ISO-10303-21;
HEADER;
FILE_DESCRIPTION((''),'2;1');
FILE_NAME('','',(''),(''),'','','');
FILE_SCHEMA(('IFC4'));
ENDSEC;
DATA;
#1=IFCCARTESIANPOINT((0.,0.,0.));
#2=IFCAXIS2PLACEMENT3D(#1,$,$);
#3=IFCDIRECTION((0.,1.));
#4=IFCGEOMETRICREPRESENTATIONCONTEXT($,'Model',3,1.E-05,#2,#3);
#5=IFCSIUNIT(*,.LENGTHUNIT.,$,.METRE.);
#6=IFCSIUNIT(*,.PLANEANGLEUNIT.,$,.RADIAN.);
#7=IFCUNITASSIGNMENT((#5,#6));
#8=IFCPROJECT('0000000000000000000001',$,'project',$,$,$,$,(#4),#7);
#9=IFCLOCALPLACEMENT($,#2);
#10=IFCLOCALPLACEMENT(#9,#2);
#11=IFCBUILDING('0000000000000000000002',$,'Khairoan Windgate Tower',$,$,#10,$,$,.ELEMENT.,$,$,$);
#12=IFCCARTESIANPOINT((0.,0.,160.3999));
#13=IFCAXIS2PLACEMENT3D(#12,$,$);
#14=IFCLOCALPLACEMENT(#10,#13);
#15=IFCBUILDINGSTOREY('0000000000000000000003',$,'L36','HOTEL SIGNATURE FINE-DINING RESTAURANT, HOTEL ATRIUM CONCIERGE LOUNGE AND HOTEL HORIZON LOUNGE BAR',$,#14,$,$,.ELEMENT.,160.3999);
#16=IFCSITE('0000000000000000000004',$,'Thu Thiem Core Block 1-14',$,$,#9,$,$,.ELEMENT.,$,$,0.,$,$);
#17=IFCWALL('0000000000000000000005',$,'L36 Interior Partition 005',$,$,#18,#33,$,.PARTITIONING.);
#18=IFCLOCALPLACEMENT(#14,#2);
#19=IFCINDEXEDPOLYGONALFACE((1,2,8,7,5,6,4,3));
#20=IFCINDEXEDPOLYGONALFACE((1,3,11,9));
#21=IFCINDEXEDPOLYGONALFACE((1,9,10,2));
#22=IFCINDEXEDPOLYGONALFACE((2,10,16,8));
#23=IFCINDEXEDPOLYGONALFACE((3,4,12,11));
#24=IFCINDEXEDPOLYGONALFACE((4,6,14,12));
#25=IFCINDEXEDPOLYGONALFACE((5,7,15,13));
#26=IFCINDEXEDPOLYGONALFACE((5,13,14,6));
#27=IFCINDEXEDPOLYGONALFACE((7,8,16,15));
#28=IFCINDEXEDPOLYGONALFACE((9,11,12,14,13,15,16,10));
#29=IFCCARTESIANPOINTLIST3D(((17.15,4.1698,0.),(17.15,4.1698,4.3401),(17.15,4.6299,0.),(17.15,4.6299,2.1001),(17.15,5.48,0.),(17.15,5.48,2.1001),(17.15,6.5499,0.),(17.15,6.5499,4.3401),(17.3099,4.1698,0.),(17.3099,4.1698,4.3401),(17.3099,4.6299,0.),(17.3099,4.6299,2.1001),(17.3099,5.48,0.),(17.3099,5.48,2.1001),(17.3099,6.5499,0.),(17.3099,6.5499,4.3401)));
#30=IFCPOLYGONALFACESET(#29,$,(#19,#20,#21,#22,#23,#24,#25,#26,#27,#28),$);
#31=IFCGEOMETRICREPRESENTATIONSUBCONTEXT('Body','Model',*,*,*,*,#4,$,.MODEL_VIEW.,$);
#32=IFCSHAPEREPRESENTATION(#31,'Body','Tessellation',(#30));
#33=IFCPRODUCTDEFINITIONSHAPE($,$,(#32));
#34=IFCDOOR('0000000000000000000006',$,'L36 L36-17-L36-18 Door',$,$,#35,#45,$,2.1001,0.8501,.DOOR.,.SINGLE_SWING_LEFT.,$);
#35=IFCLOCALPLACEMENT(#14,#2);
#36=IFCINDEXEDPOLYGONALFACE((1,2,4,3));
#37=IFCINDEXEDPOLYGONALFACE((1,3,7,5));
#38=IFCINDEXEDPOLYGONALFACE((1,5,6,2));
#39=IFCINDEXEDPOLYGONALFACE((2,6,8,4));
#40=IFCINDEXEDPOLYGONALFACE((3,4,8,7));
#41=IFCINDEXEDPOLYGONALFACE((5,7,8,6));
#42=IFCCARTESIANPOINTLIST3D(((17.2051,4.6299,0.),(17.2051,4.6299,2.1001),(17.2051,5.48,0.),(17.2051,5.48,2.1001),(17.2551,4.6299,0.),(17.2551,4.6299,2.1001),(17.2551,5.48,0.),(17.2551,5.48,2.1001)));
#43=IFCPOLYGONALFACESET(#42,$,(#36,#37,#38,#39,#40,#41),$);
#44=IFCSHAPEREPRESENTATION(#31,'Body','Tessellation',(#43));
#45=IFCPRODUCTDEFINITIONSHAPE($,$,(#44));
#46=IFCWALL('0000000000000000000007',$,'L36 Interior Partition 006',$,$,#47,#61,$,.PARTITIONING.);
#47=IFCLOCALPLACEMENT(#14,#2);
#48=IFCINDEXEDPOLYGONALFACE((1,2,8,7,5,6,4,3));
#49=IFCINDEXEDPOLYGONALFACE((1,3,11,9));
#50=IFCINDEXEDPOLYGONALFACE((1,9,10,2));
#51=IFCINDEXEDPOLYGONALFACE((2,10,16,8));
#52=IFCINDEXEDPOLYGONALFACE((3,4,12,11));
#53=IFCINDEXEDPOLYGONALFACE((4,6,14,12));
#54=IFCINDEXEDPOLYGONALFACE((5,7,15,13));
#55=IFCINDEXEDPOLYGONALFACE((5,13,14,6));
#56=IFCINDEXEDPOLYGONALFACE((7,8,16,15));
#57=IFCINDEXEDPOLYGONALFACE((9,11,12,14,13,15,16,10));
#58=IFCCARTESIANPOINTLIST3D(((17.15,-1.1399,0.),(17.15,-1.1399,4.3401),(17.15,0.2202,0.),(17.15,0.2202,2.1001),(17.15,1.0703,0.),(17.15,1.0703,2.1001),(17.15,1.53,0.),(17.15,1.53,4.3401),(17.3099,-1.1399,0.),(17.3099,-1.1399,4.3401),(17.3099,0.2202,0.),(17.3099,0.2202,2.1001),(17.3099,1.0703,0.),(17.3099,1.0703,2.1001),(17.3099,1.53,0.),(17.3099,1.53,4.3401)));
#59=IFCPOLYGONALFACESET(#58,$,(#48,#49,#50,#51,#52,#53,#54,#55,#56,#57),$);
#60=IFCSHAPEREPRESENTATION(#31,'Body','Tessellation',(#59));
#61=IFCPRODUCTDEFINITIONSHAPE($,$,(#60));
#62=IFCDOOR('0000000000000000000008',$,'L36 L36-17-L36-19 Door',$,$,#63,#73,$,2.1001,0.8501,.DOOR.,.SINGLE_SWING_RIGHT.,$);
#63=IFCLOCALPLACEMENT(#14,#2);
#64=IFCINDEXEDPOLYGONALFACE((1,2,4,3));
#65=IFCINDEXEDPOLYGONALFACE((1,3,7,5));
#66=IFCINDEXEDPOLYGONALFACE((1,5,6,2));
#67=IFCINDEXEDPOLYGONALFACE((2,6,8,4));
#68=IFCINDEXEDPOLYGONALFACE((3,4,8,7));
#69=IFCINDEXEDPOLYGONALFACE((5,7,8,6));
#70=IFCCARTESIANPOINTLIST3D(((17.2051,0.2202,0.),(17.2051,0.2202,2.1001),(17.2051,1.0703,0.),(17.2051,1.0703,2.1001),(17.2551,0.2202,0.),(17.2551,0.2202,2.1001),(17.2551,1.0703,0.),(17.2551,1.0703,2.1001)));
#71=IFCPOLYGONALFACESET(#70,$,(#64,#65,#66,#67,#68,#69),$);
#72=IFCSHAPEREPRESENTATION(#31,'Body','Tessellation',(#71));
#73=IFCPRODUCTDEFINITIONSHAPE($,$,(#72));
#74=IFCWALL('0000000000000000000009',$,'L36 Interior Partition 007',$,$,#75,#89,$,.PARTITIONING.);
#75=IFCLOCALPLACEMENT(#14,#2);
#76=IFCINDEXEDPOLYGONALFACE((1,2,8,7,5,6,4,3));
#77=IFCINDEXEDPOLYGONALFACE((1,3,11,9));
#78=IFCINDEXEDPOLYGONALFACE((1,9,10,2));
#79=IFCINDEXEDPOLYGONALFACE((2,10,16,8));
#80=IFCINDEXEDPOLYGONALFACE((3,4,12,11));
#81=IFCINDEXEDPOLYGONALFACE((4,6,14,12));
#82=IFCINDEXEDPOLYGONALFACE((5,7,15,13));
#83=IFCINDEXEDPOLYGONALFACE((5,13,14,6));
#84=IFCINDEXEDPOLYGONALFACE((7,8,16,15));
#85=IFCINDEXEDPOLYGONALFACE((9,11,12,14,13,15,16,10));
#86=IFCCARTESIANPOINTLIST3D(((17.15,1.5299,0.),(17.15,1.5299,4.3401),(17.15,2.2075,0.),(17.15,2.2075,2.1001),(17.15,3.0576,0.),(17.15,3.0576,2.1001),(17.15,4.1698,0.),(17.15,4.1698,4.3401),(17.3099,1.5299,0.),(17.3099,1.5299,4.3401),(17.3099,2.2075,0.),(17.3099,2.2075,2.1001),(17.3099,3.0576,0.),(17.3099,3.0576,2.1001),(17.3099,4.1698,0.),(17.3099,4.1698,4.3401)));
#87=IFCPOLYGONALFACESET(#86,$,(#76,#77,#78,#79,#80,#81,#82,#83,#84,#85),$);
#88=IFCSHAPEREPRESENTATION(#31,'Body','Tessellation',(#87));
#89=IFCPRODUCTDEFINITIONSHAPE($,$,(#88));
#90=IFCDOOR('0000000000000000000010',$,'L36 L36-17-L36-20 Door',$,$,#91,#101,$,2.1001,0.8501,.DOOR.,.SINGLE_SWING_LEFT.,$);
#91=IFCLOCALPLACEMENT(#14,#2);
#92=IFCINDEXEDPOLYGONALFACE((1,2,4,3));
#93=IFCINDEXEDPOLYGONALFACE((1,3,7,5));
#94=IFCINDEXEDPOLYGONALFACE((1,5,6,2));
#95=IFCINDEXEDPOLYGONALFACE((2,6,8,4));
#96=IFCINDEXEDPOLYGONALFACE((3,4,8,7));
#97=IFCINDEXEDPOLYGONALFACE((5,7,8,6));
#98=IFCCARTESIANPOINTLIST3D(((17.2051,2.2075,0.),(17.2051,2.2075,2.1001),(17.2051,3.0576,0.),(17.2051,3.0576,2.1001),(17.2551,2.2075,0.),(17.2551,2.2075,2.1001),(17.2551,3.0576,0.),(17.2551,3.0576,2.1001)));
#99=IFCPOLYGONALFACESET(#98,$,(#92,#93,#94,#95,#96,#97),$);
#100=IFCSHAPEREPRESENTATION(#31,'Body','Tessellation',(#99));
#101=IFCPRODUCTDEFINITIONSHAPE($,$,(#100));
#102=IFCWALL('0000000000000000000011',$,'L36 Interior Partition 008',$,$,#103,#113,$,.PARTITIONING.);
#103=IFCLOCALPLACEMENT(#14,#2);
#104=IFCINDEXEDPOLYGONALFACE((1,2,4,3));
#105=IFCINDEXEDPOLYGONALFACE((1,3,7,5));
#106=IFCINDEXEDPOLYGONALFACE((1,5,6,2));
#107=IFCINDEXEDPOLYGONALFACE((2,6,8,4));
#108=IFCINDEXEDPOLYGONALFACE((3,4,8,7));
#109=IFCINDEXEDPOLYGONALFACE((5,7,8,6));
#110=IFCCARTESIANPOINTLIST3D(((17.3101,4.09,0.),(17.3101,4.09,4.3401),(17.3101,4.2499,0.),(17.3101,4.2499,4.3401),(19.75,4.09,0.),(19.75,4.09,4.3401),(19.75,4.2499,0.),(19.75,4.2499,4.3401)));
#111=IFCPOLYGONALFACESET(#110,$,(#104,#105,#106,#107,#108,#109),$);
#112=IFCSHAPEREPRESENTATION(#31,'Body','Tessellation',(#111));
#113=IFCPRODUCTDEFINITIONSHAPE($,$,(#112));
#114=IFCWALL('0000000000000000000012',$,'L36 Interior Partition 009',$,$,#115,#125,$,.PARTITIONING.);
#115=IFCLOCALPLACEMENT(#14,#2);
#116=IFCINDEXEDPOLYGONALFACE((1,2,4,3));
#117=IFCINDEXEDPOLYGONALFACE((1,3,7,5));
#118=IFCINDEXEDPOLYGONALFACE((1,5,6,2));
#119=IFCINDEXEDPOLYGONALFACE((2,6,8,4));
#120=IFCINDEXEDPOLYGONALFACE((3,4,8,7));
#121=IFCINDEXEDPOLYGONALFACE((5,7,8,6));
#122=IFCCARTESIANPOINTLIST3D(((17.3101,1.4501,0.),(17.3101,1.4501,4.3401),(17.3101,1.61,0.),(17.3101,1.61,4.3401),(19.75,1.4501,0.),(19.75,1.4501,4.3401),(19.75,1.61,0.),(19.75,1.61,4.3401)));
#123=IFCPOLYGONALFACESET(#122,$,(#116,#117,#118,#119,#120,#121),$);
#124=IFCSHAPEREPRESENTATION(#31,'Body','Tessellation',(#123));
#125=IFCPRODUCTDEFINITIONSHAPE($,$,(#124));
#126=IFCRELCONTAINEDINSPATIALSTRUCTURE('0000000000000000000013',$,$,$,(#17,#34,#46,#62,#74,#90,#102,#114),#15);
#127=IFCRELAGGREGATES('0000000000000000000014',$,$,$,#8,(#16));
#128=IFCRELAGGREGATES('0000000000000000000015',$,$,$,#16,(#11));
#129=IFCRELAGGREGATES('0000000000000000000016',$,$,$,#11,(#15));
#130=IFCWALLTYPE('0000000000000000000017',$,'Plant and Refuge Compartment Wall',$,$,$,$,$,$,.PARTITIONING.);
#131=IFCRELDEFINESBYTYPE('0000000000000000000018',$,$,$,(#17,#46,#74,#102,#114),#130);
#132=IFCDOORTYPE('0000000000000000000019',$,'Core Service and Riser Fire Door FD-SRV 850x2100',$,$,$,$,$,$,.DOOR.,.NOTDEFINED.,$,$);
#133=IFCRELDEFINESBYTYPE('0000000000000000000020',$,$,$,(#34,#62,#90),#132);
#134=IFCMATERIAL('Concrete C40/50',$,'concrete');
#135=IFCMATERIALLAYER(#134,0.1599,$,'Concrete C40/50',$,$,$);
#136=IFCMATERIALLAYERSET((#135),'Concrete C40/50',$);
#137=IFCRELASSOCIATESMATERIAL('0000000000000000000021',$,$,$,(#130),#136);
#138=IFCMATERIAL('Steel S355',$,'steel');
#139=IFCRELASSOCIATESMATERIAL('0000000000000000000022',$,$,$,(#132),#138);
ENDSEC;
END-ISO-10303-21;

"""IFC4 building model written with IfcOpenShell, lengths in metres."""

from ifc_helpers import new_model, si_unit, direction, frame, frame_2d, origin, place, context, subcontext, project, spatial, rectangle, extrude, material, layer, layer_set, type_object, element, fill, save


model = new_model("IFC4")

# Units and contexts
model_context = context("Model", 3, precision=1e-05, world=origin(), true_north=direction((0.0, 1.0)))
body_context = subcontext(model_context, "Body", "Model", "MODEL_VIEW")
ifc_project = project(units=[si_unit("LENGTHUNIT", "METRE"), si_unit("PLANEANGLEUNIT", "RADIAN")], contexts=[model_context])

# Site, building, storey
site_placement = place(None, origin())
site = spatial("IfcSite", under=ifc_project, at=site_placement, Name="Thu Thiem Core Block 1-14", CompositionType="ELEMENT", RefElevation=0.0)
building_placement = place(site_placement, origin())
building = spatial("IfcBuilding", under=site, at=building_placement, Name="Khairoan Windgate Tower", CompositionType="ELEMENT")
storey_placement = place(building_placement, frame((0.0, 0.0, 160.3999)))
storey = spatial("IfcBuildingStorey", under=building, at=storey_placement, Name="L36", Description="HOTEL SIGNATURE FINE-DINING RESTAURANT, HOTEL ATRIUM CONCIERGE LOUNGE AND HOTEL HORIZON LOUNGE BAR", CompositionType="ELEMENT", Elevation=160.3999)

# Walls, openings, doors
ifc_material_1 = material(Name="Concrete C40/50", Category="concrete")
ifc_layer_1 = layer(ifc_material_1, 0.1599, Name="Concrete C40/50")
ifc_layer_set_1 = layer_set([ifc_layer_1], Name="Concrete C40/50")
wall_type_1 = type_object("IfcWallType", Name="Plant and Refuge Compartment Wall", PredefinedType="PARTITIONING", material=ifc_layer_set_1)
wall_1_placement = place(storey_placement, frame((17.23, 4.1699, 0.0), z_axis=(0.0, 0.0, 1.0), x_axis=(0.0, 1.0, 0.0)))
wall_1 = element("IfcWall", 1, at=wall_1_placement, inside=storey, type_object=wall_type_1, Name="L36 Interior Partition 005", PredefinedType="PARTITIONING", context=body_context, shape_type="SweptSolid", body=[
    extrude(rectangle(XDim=2.3801, YDim=0.1599, at=frame_2d((1.1899, 0.0))), origin(), (0.0, 0.0, 1.0), 4.3401),
])
opening_1_placement = place(wall_1_placement, frame((0.46, 0.0, 0.0)))
opening_1 = element("IfcOpeningElement", 2, at=opening_1_placement, cuts=wall_1, PredefinedType="OPENING", context=body_context, shape_type="SweptSolid", body=[
    extrude(rectangle(XDim=0.8501, YDim=2.1001, at=frame_2d((0.425, 1.05))), frame((0.0, 0.0898, 0.0), z_axis=(0.0, -1.0, 0.0), x_axis=(1.0, 0.0, 0.0)), (0.0, 0.0, 1.0), 0.1799),
])
ifc_material_2 = material(Name="Steel S355", Category="steel")
door_type = type_object("IfcDoorType", Name="Core Service and Riser Fire Door FD-SRV 850x2100", OperationType="NOTDEFINED", PredefinedType="DOOR", material=ifc_material_2)
door_1_placement = place(opening_1_placement, origin())
door_1 = element("IfcDoor", 3, at=door_1_placement, inside=storey, type_object=door_type, Name="L36 L36-17-L36-18 Door", OperationType="SINGLE_SWING_LEFT", OverallHeight=2.1001, OverallWidth=0.8501, PredefinedType="DOOR", context=body_context, shape_type="SweptSolid", body=[
    extrude(rectangle(XDim=0.8501, YDim=2.1001, at=frame_2d((0.425, 1.05))), frame((0.0, 0.0249, 0.0), z_axis=(0.0, -1.0, 0.0), x_axis=(1.0, 0.0, 0.0)), (0.0, 0.0, 1.0), 0.05),
])
fill(opening_1, door_1)
wall_2_placement = place(storey_placement, frame((17.23, -1.1399, 0.0), z_axis=(0.0, 0.0, 1.0), x_axis=(0.0, 1.0, 0.0)))
wall_2 = element("IfcWall", 4, at=wall_2_placement, inside=storey, type_object=wall_type_1, Name="L36 Interior Partition 006", PredefinedType="PARTITIONING", context=body_context, shape_type="SweptSolid", body=[
    extrude(rectangle(XDim=2.6699, YDim=0.1599, at=frame_2d((1.335, 0.0))), origin(), (0.0, 0.0, 1.0), 4.3401),
])
opening_2_placement = place(wall_2_placement, frame((1.3601, 0.0, 0.0)))
opening_2 = element("IfcOpeningElement", 5, at=opening_2_placement, cuts=wall_2, PredefinedType="OPENING", context=body_context, shape_type="SweptSolid", body=[
    extrude(rectangle(XDim=0.8501, YDim=2.1001, at=frame_2d((0.425, 1.05))), frame((0.0, 0.0898, 0.0), z_axis=(0.0, -1.0, 0.0), x_axis=(1.0, 0.0, 0.0)), (0.0, 0.0, 1.0), 0.1799),
])
door_2_placement = place(opening_2_placement, origin())
door_2 = element("IfcDoor", 6, at=door_2_placement, inside=storey, type_object=door_type, Name="L36 L36-17-L36-19 Door", OperationType="SINGLE_SWING_RIGHT", OverallHeight=2.1001, OverallWidth=0.8501, PredefinedType="DOOR", context=body_context, shape_type="SweptSolid", body=[
    extrude(rectangle(XDim=0.8501, YDim=2.1001, at=frame_2d((0.425, 1.05))), frame((0.0, 0.0249, 0.0), z_axis=(0.0, -1.0, 0.0), x_axis=(1.0, 0.0, 0.0)), (0.0, 0.0, 1.0), 0.05),
])
fill(opening_2, door_2)
wall_3_placement = place(storey_placement, frame((17.23, 1.53, 0.0), z_axis=(0.0, 0.0, 1.0), x_axis=(0.0, 1.0, 0.0)))
wall_3 = element("IfcWall", 7, at=wall_3_placement, inside=storey, type_object=wall_type_1, Name="L36 Interior Partition 007", PredefinedType="PARTITIONING", context=body_context, shape_type="SweptSolid", body=[
    extrude(rectangle(XDim=2.6399, YDim=0.1599, at=frame_2d((1.3198, 0.0))), origin(), (0.0, 0.0, 1.0), 4.3401),
])
opening_3_placement = place(wall_3_placement, frame((0.6775, 0.0, 0.0)))
opening_3 = element("IfcOpeningElement", 8, at=opening_3_placement, cuts=wall_3, PredefinedType="OPENING", context=body_context, shape_type="SweptSolid", body=[
    extrude(rectangle(XDim=0.8501, YDim=2.1001, at=frame_2d((0.425, 1.05))), frame((0.0, 0.0898, 0.0), z_axis=(0.0, -1.0, 0.0), x_axis=(1.0, 0.0, 0.0)), (0.0, 0.0, 1.0), 0.1799),
])
door_3_placement = place(opening_3_placement, origin())
door_3 = element("IfcDoor", 9, at=door_3_placement, inside=storey, type_object=door_type, Name="L36 L36-17-L36-20 Door", OperationType="SINGLE_SWING_LEFT", OverallHeight=2.1001, OverallWidth=0.8501, PredefinedType="DOOR", context=body_context, shape_type="SweptSolid", body=[
    extrude(rectangle(XDim=0.8501, YDim=2.1001, at=frame_2d((0.425, 1.05))), frame((0.0, 0.0249, 0.0), z_axis=(0.0, -1.0, 0.0), x_axis=(1.0, 0.0, 0.0)), (0.0, 0.0, 1.0), 0.05),
])
fill(opening_3, door_3)

# Walls
for number, where, z_axis, x_axis, name in (
    (10, (17.3101, 4.1699, 0.0), (0.0, 0.0, 1.0), (1.0, 0.0, 0.0), "L36 Interior Partition 008"),
    (11, (17.3101, 1.53, 0.0), (0.0, 0.0, 1.0), (1.0, 0.0, 0.0), "L36 Interior Partition 009"),
):
    element("IfcWall", number, at=place(storey_placement, frame(where, z_axis=z_axis, x_axis=x_axis)), inside=storey, type_object=wall_type_1, Name=name, PredefinedType="PARTITIONING", context=body_context, shape_type="SweptSolid", body=[
        extrude(rectangle(XDim=2.4399, YDim=0.1599, at=frame_2d((1.22, 0.0))), origin(), (0.0, 0.0, 1.0), 4.3401),
    ])

save(model, "model.ifc")
